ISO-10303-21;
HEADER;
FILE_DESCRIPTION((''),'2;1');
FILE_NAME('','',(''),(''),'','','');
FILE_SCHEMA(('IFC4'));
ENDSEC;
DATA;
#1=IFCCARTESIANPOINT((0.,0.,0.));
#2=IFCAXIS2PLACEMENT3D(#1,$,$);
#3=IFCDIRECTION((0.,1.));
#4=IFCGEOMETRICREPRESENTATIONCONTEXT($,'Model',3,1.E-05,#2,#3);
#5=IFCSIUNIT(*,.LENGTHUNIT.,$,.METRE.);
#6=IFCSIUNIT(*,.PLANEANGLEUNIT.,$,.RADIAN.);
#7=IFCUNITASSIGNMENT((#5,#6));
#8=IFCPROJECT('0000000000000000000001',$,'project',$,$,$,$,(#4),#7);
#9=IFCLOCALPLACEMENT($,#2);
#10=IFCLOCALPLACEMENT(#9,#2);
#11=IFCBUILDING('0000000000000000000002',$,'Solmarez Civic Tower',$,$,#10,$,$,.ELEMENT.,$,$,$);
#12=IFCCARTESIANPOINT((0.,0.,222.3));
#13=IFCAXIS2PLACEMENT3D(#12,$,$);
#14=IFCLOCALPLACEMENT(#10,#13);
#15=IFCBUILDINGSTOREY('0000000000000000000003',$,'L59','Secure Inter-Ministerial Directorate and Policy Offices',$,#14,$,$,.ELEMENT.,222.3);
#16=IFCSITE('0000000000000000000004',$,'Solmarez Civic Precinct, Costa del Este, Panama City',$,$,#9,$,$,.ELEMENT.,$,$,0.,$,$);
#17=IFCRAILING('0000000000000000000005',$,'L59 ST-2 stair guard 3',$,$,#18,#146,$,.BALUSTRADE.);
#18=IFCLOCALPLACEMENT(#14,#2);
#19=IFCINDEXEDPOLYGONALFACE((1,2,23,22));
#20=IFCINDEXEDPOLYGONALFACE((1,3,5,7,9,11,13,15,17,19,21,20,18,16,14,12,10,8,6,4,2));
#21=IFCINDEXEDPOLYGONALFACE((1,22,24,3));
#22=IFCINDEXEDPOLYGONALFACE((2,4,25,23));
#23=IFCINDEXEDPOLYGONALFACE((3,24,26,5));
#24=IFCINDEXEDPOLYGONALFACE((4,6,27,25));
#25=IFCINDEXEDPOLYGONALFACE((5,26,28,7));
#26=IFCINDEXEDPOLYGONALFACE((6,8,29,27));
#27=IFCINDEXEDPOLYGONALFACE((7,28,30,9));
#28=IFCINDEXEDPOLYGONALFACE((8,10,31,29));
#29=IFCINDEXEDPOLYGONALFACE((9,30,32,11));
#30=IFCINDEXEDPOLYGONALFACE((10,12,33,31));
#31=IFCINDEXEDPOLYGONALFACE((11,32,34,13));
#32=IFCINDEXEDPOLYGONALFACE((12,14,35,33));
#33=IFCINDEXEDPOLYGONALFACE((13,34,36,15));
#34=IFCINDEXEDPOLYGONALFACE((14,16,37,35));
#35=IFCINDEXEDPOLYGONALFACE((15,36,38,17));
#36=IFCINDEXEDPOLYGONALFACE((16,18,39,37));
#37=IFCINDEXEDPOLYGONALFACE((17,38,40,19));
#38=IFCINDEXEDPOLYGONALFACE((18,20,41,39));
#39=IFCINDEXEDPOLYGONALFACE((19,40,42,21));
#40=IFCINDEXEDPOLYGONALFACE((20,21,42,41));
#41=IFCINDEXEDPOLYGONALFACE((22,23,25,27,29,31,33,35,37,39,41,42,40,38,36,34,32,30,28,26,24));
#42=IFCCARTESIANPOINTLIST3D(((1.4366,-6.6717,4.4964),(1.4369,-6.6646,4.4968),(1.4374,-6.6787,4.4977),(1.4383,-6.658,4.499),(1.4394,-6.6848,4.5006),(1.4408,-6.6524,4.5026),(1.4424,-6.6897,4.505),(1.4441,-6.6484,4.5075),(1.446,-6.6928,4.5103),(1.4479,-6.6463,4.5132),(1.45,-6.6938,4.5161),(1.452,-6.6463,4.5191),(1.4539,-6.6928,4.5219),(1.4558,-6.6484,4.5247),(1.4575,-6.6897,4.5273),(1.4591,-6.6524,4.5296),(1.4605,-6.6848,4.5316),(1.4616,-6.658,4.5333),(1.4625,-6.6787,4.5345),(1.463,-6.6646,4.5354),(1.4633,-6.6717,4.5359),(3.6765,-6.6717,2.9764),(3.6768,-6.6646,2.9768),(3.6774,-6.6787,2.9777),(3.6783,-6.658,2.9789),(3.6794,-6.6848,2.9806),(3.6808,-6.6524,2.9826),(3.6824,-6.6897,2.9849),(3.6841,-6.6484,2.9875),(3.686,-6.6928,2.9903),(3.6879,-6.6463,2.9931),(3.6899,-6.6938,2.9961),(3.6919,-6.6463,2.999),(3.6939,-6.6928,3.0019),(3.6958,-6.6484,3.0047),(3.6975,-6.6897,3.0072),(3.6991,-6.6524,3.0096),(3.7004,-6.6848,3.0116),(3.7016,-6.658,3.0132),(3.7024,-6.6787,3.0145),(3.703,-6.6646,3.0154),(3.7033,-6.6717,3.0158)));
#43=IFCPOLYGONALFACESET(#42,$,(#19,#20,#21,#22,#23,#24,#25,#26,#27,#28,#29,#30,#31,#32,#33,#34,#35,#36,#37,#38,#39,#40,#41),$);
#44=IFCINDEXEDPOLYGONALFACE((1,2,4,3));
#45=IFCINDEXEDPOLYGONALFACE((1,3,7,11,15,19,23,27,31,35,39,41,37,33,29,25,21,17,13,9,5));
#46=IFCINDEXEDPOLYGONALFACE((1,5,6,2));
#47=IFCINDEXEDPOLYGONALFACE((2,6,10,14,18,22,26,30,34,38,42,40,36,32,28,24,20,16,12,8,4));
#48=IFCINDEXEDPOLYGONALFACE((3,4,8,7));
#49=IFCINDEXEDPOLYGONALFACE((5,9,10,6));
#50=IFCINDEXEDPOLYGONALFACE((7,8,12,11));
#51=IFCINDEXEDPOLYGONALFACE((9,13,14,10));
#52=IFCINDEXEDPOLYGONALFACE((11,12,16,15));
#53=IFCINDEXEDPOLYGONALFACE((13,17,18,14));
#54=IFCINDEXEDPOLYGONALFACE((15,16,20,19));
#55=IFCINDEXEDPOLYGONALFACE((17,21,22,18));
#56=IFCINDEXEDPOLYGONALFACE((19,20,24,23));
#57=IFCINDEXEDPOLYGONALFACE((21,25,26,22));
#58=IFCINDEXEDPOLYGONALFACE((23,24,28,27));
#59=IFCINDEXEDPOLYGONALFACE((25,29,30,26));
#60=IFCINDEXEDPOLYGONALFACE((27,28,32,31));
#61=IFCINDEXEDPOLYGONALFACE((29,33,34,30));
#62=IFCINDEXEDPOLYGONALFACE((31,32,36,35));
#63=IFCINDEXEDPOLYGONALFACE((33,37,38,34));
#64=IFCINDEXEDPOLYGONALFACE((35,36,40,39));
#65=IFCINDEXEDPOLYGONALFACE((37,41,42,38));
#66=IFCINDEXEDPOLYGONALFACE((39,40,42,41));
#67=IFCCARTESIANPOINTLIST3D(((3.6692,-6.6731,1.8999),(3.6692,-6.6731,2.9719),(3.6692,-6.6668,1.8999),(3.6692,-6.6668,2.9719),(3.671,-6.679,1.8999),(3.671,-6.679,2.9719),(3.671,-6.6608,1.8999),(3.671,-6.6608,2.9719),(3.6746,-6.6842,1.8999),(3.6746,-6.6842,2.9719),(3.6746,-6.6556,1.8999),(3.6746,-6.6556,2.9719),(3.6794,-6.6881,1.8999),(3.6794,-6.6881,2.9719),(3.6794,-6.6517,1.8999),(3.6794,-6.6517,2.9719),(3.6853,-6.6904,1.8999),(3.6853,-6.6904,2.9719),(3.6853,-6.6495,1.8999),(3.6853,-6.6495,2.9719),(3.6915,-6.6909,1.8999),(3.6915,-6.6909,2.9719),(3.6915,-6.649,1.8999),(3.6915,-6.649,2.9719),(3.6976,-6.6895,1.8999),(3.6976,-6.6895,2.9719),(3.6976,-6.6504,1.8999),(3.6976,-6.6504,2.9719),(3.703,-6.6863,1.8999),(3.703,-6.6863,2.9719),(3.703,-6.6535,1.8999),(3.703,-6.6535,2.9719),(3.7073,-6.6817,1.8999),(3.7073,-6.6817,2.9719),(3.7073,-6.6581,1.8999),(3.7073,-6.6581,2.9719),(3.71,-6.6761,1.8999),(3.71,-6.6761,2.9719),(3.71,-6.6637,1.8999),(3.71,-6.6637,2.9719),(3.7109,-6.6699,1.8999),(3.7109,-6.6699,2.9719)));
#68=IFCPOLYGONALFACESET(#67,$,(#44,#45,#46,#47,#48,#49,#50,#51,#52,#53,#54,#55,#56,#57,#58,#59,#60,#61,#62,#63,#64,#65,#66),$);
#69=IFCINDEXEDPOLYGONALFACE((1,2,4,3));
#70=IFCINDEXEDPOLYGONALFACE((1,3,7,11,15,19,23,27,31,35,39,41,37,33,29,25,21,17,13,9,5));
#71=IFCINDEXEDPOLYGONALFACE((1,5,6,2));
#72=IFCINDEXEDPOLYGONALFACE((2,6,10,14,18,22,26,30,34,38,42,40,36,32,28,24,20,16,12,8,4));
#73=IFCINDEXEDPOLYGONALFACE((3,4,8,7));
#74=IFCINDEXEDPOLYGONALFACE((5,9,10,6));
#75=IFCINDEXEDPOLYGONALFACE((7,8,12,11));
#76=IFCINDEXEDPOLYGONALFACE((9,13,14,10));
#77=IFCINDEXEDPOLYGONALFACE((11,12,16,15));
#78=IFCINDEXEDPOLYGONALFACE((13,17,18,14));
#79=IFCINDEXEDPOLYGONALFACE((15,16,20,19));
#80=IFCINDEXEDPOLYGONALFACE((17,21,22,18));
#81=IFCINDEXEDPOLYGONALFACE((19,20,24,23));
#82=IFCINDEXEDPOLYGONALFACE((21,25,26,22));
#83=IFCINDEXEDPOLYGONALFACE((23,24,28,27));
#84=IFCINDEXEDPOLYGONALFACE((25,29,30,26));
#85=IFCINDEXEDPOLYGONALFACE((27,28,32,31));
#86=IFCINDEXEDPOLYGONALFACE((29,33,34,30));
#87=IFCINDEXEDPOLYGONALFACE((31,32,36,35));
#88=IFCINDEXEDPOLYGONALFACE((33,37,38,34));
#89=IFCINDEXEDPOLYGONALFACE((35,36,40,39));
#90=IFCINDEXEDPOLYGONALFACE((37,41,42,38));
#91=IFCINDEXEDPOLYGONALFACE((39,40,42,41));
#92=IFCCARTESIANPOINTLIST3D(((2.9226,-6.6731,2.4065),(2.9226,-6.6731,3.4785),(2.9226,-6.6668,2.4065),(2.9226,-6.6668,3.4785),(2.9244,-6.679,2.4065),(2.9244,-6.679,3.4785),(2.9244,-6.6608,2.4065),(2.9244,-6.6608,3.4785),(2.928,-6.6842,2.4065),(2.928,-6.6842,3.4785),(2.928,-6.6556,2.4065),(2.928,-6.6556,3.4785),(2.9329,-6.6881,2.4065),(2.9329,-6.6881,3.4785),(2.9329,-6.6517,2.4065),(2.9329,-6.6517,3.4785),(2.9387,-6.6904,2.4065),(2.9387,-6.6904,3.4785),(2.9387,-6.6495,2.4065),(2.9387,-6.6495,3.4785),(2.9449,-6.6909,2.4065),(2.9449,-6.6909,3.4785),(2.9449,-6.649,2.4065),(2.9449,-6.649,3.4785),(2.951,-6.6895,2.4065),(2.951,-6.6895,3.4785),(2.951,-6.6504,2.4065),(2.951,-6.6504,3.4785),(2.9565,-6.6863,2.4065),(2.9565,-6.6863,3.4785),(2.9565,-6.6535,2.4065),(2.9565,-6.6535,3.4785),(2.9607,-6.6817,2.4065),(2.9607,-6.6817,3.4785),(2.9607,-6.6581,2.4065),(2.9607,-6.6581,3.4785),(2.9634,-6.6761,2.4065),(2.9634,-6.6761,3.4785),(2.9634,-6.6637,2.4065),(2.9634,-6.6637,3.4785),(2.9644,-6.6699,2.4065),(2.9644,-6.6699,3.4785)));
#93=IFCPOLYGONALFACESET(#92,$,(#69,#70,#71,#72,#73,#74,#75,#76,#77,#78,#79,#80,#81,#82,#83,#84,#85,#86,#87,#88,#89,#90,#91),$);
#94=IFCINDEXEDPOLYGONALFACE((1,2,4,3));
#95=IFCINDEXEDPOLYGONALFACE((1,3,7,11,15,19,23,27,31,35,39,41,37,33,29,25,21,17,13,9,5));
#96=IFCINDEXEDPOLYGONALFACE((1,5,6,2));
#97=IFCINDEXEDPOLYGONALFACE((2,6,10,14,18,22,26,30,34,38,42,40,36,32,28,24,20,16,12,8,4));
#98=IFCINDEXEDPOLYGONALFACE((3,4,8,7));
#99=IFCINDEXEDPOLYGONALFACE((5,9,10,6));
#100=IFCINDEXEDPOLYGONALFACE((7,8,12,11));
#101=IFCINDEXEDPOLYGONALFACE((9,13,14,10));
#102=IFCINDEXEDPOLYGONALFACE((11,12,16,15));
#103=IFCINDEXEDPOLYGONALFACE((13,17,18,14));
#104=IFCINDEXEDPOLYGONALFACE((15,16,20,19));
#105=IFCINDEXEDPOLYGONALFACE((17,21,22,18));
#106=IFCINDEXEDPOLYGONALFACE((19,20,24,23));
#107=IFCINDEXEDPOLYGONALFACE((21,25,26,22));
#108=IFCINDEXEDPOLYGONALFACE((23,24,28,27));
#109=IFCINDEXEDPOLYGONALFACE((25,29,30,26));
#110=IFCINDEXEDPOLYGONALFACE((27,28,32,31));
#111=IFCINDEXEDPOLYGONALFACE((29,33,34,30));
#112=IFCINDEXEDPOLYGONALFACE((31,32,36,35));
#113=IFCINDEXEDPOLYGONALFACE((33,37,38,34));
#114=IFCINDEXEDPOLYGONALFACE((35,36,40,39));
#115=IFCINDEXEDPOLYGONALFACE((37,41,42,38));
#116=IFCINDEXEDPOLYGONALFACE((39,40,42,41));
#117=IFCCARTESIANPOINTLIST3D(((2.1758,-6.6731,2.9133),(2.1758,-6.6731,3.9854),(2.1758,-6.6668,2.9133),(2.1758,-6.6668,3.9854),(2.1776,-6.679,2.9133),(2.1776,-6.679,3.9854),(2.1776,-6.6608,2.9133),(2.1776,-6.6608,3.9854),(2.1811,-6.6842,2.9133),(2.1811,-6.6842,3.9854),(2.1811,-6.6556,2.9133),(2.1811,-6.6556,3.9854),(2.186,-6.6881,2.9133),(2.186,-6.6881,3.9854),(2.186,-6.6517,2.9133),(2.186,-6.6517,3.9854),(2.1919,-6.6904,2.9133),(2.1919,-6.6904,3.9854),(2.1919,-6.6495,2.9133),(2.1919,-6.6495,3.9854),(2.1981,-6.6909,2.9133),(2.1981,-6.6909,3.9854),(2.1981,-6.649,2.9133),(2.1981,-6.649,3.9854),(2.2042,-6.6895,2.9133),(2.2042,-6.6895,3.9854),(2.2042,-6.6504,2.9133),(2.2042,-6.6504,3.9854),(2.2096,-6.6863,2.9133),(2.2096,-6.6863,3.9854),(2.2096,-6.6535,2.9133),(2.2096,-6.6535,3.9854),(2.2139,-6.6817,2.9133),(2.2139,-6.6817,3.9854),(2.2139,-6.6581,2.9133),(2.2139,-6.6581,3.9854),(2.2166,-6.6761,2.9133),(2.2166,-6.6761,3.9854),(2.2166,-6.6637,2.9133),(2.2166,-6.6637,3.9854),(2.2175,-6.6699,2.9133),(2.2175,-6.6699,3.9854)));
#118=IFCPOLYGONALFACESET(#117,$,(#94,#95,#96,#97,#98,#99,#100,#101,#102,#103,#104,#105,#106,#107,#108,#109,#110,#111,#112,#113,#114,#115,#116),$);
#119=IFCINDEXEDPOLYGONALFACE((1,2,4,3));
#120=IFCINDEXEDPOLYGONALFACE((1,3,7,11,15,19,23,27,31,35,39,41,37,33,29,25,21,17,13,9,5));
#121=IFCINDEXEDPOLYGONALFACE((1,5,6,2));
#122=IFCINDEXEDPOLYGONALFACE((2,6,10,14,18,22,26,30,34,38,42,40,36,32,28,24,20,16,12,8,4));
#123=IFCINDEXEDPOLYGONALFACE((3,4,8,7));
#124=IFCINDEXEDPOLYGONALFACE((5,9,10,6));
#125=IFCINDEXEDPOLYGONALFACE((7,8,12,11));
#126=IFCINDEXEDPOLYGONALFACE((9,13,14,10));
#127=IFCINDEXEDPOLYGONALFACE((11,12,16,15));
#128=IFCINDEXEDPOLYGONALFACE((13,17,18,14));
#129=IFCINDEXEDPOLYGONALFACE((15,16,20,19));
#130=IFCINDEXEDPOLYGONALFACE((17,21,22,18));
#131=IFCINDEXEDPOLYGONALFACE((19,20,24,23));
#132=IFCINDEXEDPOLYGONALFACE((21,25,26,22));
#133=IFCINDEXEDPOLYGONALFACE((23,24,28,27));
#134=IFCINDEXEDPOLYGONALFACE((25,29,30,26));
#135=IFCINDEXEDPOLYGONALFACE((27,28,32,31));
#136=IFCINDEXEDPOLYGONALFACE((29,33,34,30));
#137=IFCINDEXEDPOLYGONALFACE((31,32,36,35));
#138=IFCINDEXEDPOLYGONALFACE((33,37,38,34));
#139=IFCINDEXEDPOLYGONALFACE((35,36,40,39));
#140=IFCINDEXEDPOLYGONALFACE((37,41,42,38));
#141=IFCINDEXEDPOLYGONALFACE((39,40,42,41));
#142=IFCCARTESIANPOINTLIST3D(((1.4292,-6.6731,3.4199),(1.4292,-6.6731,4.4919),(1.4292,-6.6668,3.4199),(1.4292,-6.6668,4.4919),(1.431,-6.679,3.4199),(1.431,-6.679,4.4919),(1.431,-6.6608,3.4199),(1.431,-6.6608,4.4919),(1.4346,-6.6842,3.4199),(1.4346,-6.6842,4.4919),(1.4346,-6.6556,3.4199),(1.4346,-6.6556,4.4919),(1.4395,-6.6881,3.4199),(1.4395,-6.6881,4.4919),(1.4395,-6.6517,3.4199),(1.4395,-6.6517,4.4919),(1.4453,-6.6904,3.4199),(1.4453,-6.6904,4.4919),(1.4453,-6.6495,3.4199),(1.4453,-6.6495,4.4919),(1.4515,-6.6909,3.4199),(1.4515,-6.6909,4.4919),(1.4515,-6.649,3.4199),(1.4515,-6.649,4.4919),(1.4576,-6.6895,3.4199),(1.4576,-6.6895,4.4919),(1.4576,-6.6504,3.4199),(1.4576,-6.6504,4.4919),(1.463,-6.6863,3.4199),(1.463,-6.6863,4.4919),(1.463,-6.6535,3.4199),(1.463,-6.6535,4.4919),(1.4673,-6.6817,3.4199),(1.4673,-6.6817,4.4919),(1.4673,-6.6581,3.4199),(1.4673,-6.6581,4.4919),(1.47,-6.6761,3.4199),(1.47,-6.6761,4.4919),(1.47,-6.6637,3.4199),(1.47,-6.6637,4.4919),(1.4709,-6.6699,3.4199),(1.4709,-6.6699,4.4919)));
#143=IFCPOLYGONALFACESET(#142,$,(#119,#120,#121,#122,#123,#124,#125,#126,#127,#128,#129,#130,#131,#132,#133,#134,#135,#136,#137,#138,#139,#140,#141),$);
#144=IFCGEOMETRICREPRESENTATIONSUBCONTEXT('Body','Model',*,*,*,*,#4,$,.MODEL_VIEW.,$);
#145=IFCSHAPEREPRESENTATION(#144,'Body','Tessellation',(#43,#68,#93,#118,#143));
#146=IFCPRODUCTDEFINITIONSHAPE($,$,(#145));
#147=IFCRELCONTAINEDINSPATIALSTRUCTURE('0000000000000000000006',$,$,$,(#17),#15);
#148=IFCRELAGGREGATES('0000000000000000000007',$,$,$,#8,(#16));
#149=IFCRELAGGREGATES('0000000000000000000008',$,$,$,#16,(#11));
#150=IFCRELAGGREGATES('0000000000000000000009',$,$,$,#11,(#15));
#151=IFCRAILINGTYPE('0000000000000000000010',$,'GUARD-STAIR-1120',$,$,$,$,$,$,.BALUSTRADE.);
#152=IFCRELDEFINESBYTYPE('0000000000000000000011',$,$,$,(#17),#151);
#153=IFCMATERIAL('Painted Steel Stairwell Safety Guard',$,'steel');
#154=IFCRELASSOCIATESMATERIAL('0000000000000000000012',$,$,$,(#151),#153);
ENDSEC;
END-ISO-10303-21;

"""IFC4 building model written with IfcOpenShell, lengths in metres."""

from ifc_helpers import new_model, si_unit, direction, frame, origin, origin_2d, place, context, subcontext, project, spatial, circle, extrude, material, type_object, element, save


model = new_model("IFC4")

# Units and contexts
model_context = context("Model", 3, precision=1e-05, world=origin(), true_north=direction((0.0, 1.0)))
body_context = subcontext(model_context, "Body", "Model", "MODEL_VIEW")
ifc_project = project(units=[si_unit("LENGTHUNIT", "METRE"), si_unit("PLANEANGLEUNIT", "RADIAN")], contexts=[model_context])

# Site, building, storey
site_placement = place(None, origin())
site = spatial("IfcSite", under=ifc_project, at=site_placement, Name="Solmarez Civic Precinct, Costa del Este, Panama City", CompositionType="ELEMENT", RefElevation=0.0)
building_placement = place(site_placement, origin())
building = spatial("IfcBuilding", under=site, at=building_placement, Name="Solmarez Civic Tower", CompositionType="ELEMENT")
storey_placement = place(building_placement, frame((0.0, 0.0, 222.3)))
storey = spatial("IfcBuildingStorey", under=building, at=storey_placement, Name="L59", Description="Secure Inter-Ministerial Directorate and Policy Offices", CompositionType="ELEMENT", Elevation=222.3)

# Railing
ifc_material_1 = material(Name="Painted Steel Stairwell Safety Guard", Category="steel")
railing_type_1 = type_object("IfcRailingType", Name="GUARD-STAIR-1120", PredefinedType="BALUSTRADE", material=ifc_material_1)
railing_1_placement = place(storey_placement, frame((3.6899, -6.6699, 1.8999)))
element("IfcRailing", 1, at=railing_1_placement, inside=storey, type_object=railing_type_1, Name="L59 ST-2 stair guard 3", PredefinedType="BALUSTRADE", context=body_context, shape_type="SweptSolid", body=[
    extrude(circle(Radius=0.0239, at=origin_2d()), frame((0.0, 0.0, 1.0962), z_axis=(-0.827471, 0.0, 0.561508), x_axis=(0.0, -1.0, 0.0)), (0.0, 0.0, 1.0), 2.707),
    extrude(circle(Radius=0.021, at=origin_2d()), origin(), (0.0, 0.0, 1.0), 1.072),
    extrude(circle(Radius=0.021, at=origin_2d()), frame((-0.7466, 0.0, 0.5066)), (0.0, 0.0, 1.0), 1.072),
    extrude(circle(Radius=0.021, at=origin_2d()), frame((-1.4934, 0.0, 1.0134)), (0.0, 0.0, 1.0), 1.072),
    extrude(circle(Radius=0.021, at=origin_2d()), frame((-2.24, 0.0, 1.52)), (0.0, 0.0, 1.0), 1.072),
])

save(model, "model.ifc")
